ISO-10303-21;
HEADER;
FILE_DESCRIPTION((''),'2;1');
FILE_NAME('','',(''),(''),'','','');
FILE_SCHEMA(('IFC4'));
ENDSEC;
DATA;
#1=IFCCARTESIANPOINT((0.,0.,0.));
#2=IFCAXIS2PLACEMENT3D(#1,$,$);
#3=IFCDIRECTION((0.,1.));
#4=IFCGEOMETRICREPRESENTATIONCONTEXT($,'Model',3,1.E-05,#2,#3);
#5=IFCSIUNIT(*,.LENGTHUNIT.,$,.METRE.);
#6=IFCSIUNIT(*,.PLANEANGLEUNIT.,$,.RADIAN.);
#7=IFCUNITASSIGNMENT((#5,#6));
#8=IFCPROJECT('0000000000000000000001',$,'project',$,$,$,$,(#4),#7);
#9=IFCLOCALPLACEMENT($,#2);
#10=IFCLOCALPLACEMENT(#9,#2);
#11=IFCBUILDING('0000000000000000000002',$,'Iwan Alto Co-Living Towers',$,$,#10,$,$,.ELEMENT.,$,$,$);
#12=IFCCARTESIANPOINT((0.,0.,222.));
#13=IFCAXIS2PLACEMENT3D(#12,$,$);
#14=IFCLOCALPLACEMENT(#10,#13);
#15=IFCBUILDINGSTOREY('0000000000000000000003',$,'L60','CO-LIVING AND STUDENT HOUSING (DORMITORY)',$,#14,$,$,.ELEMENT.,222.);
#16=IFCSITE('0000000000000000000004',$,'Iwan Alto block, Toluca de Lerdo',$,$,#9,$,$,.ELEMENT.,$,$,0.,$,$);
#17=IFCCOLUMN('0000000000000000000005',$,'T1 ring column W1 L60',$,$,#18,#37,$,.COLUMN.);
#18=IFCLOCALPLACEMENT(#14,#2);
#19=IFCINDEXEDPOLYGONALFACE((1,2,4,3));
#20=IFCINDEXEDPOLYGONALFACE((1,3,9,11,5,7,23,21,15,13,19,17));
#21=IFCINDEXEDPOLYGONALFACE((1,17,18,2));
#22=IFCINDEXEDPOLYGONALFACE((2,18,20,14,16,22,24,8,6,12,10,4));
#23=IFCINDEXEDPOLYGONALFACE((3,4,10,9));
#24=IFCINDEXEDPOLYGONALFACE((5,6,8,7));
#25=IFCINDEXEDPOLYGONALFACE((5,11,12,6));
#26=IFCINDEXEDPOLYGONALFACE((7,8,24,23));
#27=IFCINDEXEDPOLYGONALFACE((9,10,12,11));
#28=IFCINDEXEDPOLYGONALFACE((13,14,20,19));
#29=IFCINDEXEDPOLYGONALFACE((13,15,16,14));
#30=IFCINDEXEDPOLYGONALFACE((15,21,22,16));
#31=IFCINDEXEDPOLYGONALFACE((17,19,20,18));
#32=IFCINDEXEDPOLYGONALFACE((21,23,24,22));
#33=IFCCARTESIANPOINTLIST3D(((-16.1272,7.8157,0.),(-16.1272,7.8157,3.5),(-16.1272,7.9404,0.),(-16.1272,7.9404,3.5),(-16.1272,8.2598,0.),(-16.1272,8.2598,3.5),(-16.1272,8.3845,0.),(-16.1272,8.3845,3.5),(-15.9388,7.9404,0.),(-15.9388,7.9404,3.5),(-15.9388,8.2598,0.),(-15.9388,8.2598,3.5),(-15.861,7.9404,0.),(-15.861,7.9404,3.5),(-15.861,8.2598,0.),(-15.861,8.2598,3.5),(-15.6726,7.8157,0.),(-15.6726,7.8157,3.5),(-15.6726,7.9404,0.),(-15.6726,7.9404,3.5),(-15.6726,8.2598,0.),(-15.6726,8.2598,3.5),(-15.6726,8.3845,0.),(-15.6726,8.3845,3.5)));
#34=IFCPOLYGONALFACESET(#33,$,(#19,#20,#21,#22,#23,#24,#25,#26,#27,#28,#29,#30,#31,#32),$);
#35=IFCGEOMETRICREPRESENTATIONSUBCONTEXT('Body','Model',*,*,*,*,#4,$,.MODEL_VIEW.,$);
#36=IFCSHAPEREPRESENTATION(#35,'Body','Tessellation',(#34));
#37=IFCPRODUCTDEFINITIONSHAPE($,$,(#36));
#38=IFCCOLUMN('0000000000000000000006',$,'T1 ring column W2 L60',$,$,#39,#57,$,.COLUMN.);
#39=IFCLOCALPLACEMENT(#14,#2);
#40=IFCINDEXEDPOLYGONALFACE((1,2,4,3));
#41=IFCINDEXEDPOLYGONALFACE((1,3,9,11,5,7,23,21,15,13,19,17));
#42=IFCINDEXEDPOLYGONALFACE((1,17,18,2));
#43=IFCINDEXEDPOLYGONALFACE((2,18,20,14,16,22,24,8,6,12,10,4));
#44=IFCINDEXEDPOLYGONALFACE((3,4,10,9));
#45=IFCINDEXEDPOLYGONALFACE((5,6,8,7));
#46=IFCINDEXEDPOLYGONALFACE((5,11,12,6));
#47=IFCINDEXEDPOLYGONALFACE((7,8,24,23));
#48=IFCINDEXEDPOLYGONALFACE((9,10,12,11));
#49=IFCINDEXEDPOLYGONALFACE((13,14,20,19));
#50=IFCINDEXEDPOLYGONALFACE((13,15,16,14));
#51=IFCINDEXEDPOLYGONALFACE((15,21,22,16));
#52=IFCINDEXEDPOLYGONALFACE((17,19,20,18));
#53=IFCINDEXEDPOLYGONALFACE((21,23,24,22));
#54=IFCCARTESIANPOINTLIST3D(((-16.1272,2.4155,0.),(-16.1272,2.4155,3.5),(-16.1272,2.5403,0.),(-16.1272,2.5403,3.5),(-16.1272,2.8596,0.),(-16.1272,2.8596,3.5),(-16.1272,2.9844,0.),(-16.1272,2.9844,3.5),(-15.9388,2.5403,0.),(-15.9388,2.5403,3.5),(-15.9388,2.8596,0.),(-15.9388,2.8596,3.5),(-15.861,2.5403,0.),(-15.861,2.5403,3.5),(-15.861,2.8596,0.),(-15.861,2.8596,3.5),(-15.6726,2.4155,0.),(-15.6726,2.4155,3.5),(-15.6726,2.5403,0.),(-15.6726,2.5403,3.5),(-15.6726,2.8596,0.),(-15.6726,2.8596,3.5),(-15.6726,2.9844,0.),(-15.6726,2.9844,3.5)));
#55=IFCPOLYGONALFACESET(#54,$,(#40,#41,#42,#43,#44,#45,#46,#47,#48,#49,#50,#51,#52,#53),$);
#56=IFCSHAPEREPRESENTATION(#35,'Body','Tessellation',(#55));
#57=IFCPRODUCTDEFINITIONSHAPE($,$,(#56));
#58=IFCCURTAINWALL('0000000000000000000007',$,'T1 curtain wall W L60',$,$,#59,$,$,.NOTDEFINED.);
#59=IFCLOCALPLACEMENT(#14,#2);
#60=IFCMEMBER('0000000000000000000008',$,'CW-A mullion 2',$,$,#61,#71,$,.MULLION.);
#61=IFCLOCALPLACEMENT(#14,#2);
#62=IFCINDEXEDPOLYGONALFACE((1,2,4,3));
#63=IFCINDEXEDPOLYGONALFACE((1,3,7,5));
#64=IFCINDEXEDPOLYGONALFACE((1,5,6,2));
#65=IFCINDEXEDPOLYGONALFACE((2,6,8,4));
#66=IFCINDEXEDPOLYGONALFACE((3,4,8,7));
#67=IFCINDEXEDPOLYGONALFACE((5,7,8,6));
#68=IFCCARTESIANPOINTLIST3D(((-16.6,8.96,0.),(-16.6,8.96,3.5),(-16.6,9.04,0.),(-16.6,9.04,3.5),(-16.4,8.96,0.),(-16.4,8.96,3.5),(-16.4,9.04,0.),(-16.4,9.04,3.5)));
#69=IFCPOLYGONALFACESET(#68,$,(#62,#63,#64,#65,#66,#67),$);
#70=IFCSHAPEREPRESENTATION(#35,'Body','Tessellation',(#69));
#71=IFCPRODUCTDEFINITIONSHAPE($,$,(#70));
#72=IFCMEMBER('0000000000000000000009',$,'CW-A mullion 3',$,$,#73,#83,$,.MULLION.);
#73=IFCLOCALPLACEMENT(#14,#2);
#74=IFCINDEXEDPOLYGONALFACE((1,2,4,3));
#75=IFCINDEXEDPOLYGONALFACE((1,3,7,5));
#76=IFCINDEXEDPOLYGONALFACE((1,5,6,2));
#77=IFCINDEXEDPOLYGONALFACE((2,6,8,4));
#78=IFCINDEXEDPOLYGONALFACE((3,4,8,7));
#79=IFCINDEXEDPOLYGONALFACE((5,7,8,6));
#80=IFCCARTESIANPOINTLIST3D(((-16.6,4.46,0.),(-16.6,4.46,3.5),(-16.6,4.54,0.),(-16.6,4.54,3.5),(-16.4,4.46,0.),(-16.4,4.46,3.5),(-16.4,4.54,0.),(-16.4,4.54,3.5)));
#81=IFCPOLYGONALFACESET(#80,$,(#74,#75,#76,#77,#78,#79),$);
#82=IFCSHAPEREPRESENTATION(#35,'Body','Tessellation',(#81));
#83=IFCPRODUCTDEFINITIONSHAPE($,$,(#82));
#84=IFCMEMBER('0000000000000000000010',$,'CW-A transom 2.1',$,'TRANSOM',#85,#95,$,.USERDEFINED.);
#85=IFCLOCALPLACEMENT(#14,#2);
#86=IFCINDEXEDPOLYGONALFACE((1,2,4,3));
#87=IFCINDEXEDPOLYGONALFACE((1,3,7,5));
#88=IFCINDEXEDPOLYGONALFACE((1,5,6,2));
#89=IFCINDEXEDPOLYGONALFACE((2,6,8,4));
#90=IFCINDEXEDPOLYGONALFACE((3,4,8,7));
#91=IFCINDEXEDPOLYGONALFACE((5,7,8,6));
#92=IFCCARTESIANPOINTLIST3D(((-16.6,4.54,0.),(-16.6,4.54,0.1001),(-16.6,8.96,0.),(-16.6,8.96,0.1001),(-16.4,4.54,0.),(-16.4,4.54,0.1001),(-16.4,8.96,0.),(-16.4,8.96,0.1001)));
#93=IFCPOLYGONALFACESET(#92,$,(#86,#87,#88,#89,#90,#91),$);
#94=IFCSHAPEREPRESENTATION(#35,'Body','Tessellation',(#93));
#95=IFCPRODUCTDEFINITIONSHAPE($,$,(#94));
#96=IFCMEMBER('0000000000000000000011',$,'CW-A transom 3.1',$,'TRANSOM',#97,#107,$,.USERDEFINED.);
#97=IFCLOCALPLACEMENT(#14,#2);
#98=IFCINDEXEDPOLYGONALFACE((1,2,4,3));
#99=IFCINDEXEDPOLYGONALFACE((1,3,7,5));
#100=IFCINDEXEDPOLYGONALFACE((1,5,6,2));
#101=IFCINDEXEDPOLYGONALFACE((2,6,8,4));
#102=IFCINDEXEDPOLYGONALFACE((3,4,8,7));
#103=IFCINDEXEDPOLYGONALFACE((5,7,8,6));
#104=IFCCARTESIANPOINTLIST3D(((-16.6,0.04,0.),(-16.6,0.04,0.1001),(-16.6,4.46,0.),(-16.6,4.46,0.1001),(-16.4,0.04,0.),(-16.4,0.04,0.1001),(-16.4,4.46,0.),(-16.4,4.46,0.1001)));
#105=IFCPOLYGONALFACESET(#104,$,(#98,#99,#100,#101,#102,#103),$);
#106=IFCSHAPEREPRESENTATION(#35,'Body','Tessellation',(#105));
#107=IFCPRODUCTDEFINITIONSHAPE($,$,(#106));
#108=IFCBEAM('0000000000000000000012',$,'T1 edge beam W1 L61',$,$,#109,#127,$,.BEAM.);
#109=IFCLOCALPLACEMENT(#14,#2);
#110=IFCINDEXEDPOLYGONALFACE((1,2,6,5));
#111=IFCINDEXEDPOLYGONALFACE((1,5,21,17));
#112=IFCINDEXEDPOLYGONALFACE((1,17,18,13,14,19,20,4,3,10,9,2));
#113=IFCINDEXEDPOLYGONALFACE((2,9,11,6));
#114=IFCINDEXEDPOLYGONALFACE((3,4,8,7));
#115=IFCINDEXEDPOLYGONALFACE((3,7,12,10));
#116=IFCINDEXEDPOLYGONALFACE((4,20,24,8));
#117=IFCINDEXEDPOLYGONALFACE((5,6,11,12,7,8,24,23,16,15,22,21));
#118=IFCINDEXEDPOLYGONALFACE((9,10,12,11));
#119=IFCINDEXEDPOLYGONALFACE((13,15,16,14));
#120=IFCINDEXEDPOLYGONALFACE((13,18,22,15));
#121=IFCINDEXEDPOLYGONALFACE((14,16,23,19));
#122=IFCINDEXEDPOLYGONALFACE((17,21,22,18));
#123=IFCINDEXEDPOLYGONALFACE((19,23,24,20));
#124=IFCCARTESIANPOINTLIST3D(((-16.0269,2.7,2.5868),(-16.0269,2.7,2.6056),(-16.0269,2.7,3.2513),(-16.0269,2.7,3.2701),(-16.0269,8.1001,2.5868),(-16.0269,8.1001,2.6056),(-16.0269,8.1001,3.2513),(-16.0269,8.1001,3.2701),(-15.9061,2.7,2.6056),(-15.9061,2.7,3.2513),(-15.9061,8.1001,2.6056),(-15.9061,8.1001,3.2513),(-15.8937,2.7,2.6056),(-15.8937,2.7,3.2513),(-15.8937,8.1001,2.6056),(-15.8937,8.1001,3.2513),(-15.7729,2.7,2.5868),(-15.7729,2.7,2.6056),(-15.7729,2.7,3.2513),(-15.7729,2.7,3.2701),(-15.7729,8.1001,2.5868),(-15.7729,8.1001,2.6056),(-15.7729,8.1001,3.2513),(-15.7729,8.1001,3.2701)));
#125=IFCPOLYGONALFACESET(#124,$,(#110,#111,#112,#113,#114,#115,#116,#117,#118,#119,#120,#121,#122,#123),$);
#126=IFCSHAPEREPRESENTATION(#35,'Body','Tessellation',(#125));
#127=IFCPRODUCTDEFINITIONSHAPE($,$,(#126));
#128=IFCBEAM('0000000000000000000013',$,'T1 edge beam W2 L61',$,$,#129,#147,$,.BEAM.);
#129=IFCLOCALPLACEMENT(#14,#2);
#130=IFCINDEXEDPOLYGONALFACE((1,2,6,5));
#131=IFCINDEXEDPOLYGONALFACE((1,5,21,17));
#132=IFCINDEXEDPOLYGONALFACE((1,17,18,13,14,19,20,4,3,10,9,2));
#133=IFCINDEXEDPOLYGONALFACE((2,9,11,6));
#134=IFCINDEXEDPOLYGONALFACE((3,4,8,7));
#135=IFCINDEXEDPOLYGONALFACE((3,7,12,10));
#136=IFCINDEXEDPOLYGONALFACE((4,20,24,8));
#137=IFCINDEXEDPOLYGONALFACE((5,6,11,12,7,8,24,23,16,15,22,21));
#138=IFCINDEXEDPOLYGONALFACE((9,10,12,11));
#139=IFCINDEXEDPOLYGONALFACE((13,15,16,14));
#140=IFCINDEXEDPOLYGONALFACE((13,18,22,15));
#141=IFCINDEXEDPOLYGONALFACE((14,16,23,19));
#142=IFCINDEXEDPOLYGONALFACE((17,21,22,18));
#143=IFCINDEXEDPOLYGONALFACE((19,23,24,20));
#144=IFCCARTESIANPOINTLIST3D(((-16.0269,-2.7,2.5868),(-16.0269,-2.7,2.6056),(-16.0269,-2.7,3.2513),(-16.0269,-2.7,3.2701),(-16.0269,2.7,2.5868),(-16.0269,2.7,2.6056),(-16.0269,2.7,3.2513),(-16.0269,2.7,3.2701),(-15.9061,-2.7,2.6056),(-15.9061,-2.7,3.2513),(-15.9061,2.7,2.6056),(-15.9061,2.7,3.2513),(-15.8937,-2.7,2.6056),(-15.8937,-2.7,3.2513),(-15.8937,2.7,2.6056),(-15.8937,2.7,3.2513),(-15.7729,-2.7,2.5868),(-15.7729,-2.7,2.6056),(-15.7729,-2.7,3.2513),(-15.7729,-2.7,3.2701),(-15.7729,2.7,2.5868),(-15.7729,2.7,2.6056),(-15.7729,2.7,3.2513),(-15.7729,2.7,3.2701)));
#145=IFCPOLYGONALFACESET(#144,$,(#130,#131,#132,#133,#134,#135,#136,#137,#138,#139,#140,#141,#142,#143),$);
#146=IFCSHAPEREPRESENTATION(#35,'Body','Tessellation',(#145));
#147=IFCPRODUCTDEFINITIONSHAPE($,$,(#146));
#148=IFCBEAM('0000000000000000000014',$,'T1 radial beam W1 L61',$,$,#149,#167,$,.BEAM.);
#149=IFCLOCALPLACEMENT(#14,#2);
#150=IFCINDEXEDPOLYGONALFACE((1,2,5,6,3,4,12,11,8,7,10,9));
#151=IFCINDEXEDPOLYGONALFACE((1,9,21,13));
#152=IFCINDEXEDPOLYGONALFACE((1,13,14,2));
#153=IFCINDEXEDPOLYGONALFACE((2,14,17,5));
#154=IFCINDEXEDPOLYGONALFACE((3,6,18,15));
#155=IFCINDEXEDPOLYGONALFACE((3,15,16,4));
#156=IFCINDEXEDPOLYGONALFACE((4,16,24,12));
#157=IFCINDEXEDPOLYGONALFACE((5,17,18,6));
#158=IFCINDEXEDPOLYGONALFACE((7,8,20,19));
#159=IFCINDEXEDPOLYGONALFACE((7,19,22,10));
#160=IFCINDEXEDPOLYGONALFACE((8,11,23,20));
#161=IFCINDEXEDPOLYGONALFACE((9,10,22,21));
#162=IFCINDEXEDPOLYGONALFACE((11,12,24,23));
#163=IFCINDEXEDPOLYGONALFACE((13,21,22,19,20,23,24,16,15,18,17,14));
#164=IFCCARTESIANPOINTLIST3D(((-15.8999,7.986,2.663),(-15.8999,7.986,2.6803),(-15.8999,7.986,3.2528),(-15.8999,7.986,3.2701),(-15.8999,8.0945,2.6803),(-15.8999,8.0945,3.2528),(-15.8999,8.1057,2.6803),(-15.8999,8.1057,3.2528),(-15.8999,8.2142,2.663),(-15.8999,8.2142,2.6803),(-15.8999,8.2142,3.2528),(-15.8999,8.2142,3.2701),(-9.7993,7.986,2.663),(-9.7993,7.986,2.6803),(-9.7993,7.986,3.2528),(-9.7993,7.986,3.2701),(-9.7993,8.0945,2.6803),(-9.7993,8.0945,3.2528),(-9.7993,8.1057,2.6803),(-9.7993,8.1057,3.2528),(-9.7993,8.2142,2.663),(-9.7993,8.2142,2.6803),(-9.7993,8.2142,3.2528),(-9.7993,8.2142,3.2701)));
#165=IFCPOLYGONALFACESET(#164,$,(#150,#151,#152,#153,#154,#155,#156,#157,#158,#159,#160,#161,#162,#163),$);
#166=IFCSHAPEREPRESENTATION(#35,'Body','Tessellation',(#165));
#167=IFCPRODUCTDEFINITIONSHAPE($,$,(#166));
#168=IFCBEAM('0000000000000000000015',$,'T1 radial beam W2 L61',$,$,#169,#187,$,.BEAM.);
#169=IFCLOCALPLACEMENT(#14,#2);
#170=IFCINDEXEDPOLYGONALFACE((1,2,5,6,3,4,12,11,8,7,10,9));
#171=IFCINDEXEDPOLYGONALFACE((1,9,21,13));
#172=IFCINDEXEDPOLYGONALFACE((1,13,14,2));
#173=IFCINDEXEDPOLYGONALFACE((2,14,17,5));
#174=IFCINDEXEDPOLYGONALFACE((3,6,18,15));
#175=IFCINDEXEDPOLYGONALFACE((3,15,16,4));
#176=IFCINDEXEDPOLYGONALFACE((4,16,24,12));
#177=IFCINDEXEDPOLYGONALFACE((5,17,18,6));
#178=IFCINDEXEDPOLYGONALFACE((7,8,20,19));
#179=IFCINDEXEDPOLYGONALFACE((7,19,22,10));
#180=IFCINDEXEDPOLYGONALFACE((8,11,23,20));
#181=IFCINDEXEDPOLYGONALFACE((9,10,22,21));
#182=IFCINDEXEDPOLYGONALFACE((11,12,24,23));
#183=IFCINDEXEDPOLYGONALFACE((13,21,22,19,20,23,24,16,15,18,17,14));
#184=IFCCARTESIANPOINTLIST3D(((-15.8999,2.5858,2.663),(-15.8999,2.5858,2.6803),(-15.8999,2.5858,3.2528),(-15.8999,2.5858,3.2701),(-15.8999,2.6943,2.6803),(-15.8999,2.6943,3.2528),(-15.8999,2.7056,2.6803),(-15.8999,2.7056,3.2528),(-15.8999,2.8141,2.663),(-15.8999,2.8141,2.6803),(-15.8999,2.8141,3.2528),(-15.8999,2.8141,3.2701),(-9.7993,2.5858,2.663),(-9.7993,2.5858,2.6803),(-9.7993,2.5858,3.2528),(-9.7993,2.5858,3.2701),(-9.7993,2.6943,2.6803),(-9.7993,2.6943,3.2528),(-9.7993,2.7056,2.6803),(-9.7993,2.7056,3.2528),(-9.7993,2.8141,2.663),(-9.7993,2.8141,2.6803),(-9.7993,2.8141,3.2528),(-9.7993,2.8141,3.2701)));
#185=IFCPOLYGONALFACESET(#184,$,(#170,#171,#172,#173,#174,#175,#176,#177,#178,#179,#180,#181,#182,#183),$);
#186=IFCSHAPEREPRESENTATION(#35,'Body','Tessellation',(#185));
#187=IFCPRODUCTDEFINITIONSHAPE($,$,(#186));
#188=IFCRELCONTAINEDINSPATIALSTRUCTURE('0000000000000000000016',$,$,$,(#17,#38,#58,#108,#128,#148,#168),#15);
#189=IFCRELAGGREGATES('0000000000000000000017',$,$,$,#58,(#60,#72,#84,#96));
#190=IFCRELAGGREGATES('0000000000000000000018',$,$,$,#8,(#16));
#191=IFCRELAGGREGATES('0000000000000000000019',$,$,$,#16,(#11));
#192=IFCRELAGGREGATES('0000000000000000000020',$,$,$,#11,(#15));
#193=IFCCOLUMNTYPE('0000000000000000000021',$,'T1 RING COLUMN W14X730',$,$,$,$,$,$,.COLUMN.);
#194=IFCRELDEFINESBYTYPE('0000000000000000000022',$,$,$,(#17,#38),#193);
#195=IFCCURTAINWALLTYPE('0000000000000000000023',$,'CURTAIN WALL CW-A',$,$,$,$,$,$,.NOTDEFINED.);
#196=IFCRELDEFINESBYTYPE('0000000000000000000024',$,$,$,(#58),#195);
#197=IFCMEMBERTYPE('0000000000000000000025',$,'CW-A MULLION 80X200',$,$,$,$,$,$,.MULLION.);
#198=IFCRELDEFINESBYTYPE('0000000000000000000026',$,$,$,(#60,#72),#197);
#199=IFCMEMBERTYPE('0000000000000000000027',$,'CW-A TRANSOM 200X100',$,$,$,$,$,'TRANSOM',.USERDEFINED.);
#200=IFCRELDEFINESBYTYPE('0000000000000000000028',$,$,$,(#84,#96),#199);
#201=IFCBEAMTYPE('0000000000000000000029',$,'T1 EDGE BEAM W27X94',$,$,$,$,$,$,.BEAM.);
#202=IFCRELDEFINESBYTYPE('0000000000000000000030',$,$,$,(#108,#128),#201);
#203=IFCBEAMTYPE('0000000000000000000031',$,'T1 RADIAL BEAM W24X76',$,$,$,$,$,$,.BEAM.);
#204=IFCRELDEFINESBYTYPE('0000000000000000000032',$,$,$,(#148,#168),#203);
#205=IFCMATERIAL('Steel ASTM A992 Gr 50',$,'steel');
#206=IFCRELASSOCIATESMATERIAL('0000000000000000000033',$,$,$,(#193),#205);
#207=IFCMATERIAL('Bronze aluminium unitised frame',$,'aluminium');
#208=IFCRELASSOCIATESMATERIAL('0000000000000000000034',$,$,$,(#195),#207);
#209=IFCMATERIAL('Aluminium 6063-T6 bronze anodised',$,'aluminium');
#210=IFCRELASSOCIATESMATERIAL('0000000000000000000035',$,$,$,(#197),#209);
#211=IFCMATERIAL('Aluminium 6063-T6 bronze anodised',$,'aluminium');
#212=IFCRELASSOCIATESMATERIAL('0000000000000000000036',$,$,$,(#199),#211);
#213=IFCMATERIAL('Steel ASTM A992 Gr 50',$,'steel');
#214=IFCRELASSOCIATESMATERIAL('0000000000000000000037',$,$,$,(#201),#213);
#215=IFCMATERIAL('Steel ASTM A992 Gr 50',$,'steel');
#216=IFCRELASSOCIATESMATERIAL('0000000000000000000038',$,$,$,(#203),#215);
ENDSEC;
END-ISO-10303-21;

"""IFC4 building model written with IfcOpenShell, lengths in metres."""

from ifc_helpers import new_model, si_unit, direction, frame, origin, origin_2d, place, context, subcontext, project, spatial, rectangle, i_section, extrude, material, material_profile, profile_set, type_object, element, aggregate, save


model = new_model("IFC4")

# Units and contexts
model_context = context("Model", 3, precision=1e-05, world=origin(), true_north=direction((0.0, 1.0)))
body_context = subcontext(model_context, "Body", "Model", "MODEL_VIEW")
ifc_project = project(units=[si_unit("LENGTHUNIT", "METRE"), si_unit("PLANEANGLEUNIT", "RADIAN")], contexts=[model_context])

# Site, building, storey
site_placement = place(None, origin())
site = spatial("IfcSite", under=ifc_project, at=site_placement, Name="Iwan Alto block, Toluca de Lerdo", CompositionType="ELEMENT", RefElevation=0.0)
building_placement = place(site_placement, origin())
building = spatial("IfcBuilding", under=site, at=building_placement, Name="Iwan Alto Co-Living Towers", CompositionType="ELEMENT")
storey_placement = place(building_placement, frame((0.0, 0.0, 222.0)))
storey = spatial("IfcBuildingStorey", under=building, at=storey_placement, Name="L60", Description="CO-LIVING AND STUDENT HOUSING (DORMITORY)", CompositionType="ELEMENT", Elevation=222.0)

# Columns
ifc_material_1 = material(Name="Steel ASTM A992 Gr 50", Category="steel")
ifc_material_profile_1 = material_profile(ifc_material_1, i_section(OverallWidth=0.4546, OverallDepth=0.5688, WebThickness=0.0779, FlangeThickness=0.1248, at=origin_2d()), Name="W14X730")
ifc_profile_set_1 = profile_set([ifc_material_profile_1], Name="Steel ASTM A992 Gr 50")
column_type = type_object("IfcColumnType", Name="T1 RING COLUMN W14X730", PredefinedType="COLUMN", material=ifc_profile_set_1)
for number, where, z_axis, x_axis, name in (
    (1, (-15.8999, 8.1001, 0.0), (0.0, 0.0, 1.0), (1.0, 0.0, 0.0), "T1 ring column W1 L60"),
    (2, (-15.8999, 2.7, 0.0), (0.0, 0.0, 1.0), (1.0, 0.0, 0.0), "T1 ring column W2 L60"),
):
    element("IfcColumn", number, at=place(storey_placement, frame(where, z_axis=z_axis, x_axis=x_axis)), inside=storey, type_object=column_type, Name=name, PredefinedType="COLUMN", context=body_context, shape_type="SweptSolid", body=[
        extrude(i_section(OverallWidth=0.4546, OverallDepth=0.5688, WebThickness=0.0779, FlangeThickness=0.1248, at=origin_2d()), origin(), (0.0, 0.0, 1.0), 3.5),
    ])

# Curtain wall, members
ifc_material_2 = material(Name="Bronze aluminium unitised frame", Category="aluminium")
curtain_wall_type = type_object("IfcCurtainWallType", Name="CURTAIN WALL CW-A", PredefinedType="NOTDEFINED", material=ifc_material_2)
curtain_wall_placement = place(storey_placement, origin())
curtain_wall = element("IfcCurtainWall", 3, at=curtain_wall_placement, inside=storey, type_object=curtain_wall_type, Name="T1 curtain wall W L60", PredefinedType="NOTDEFINED")
ifc_material_3 = material(Name="Aluminium 6063-T6 bronze anodised", Category="aluminium")
ifc_material_profile_2 = material_profile(ifc_material_3, rectangle(XDim=0.2, YDim=0.0801, at=origin_2d()), Name="AL 80X200")
ifc_profile_set_2 = profile_set([ifc_material_profile_2], Name="Aluminium 6063-T6 bronze anodised")
member_type_1 = type_object("IfcMemberType", Name="CW-A MULLION 80X200", PredefinedType="MULLION", material=ifc_profile_set_2)
member_1_placement = place(storey_placement, frame((-16.5, 9.0, 0.0), z_axis=(0.0, 0.0, 1.0), x_axis=(1.0, 0.0, 0.0)))
member_1 = element("IfcMember", 4, at=member_1_placement, type_object=member_type_1, Name="CW-A mullion 2", PredefinedType="MULLION", context=body_context, shape_type="SweptSolid", body=[
    extrude(rectangle(XDim=0.2, YDim=0.0801, at=origin_2d()), origin(), (0.0, 0.0, 1.0), 3.5),
])
member_2_placement = place(storey_placement, frame((-16.5, 4.5, 0.0), z_axis=(0.0, 0.0, 1.0), x_axis=(1.0, 0.0, 0.0)))
member_2 = element("IfcMember", 5, at=member_2_placement, type_object=member_type_1, Name="CW-A mullion 3", PredefinedType="MULLION", context=body_context, shape_type="SweptSolid", body=[
    extrude(rectangle(XDim=0.2, YDim=0.0801, at=origin_2d()), origin(), (0.0, 0.0, 1.0), 3.5),
])
ifc_material_4 = material(Name="Aluminium 6063-T6 bronze anodised", Category="aluminium")
ifc_material_profile_3 = material_profile(ifc_material_4, rectangle(XDim=0.2, YDim=0.1001, at=origin_2d()), Name="AL 200X100")
ifc_profile_set_3 = profile_set([ifc_material_profile_3], Name="Aluminium 6063-T6 bronze anodised")
member_type_2 = type_object("IfcMemberType", Name="CW-A TRANSOM 200X100", ElementType="TRANSOM", PredefinedType="USERDEFINED", material=ifc_profile_set_3)
member_3_placement = place(storey_placement, frame((-16.5, 8.96, 0.05), z_axis=(0.0, -1.0, 0.0), x_axis=(1.0, 0.0, 0.0)))
member_3 = element("IfcMember", 6, at=member_3_placement, type_object=member_type_2, Name="CW-A transom 2.1", ObjectType="TRANSOM", PredefinedType="USERDEFINED", context=body_context, shape_type="SweptSolid", body=[
    extrude(rectangle(XDim=0.2, YDim=0.1001, at=origin_2d()), origin(), (0.0, 0.0, 1.0), 4.4199),
])
member_4_placement = place(storey_placement, frame((-16.5, 4.46, 0.05), z_axis=(0.0, -1.0, 0.0), x_axis=(1.0, 0.0, 0.0)))
member_4 = element("IfcMember", 7, at=member_4_placement, type_object=member_type_2, Name="CW-A transom 3.1", ObjectType="TRANSOM", PredefinedType="USERDEFINED", context=body_context, shape_type="SweptSolid", body=[
    extrude(rectangle(XDim=0.2, YDim=0.1001, at=origin_2d()), origin(), (0.0, 0.0, 1.0), 4.4199),
])

# Beams
ifc_material_5 = material(Name="Steel ASTM A992 Gr 50", Category="steel")
ifc_material_profile_4 = material_profile(ifc_material_5, i_section(OverallWidth=0.2539, OverallDepth=0.6833, WebThickness=0.0125, FlangeThickness=0.0188, at=origin_2d()), Name="W27X94")
ifc_profile_set_4 = profile_set([ifc_material_profile_4], Name="Steel ASTM A992 Gr 50")
beam_type_1 = type_object("IfcBeamType", Name="T1 EDGE BEAM W27X94", PredefinedType="BEAM", material=ifc_profile_set_4)
beam_1_placement = place(storey_placement, frame((-15.8999, 8.1001, 2.9285), z_axis=(0.0, -1.0, 0.0), x_axis=(1.0, 0.0, 0.0)))
element("IfcBeam", 8, at=beam_1_placement, inside=storey, type_object=beam_type_1, Name="T1 edge beam W1 L61", PredefinedType="BEAM", context=body_context, shape_type="SweptSolid", body=[
    extrude(i_section(OverallWidth=0.2539, OverallDepth=0.6833, WebThickness=0.0125, FlangeThickness=0.0188, at=origin_2d()), origin(), (0.0, 0.0, 1.0), 5.4001),
])
beam_2_placement = place(storey_placement, frame((-15.8999, 2.7, 2.9285), z_axis=(0.0, -1.0, 0.0), x_axis=(1.0, 0.0, 0.0)))
element("IfcBeam", 9, at=beam_2_placement, inside=storey, type_object=beam_type_1, Name="T1 edge beam W2 L61", PredefinedType="BEAM", context=body_context, shape_type="SweptSolid", body=[
    extrude(i_section(OverallWidth=0.2539, OverallDepth=0.6833, WebThickness=0.0125, FlangeThickness=0.0188, at=origin_2d()), origin(), (0.0, 0.0, 1.0), 5.3999),
])
ifc_material_6 = material(Name="Steel ASTM A992 Gr 50", Category="steel")
ifc_material_profile_5 = material_profile(ifc_material_6, i_section(OverallWidth=0.2283, OverallDepth=0.6072, WebThickness=0.0112, FlangeThickness=0.0173, at=origin_2d()), Name="W24X76")
ifc_profile_set_5 = profile_set([ifc_material_profile_5], Name="Steel ASTM A992 Gr 50")
beam_type_2 = type_object("IfcBeamType", Name="T1 RADIAL BEAM W24X76", PredefinedType="BEAM", material=ifc_profile_set_5)
for number, where, z_axis, x_axis, name in (
    (10, (-15.8999, 8.1001, 2.9666), (1.0, 0.0, 0.0), (0.0, 1.0, 0.0), "T1 radial beam W1 L61"),
    (11, (-15.8999, 2.7, 2.9666), (1.0, 0.0, 0.0), (0.0, 1.0, 0.0), "T1 radial beam W2 L61"),
):
    element("IfcBeam", number, at=place(storey_placement, frame(where, z_axis=z_axis, x_axis=x_axis)), inside=storey, type_object=beam_type_2, Name=name, PredefinedType="BEAM", context=body_context, shape_type="SweptSolid", body=[
        extrude(i_section(OverallWidth=0.2283, OverallDepth=0.6072, WebThickness=0.0112, FlangeThickness=0.0173, at=origin_2d()), origin(), (0.0, 0.0, 1.0), 6.1006),
    ])

aggregate(curtain_wall, [member_1, member_2, member_3, member_4])

save(model, "model.ifc")
